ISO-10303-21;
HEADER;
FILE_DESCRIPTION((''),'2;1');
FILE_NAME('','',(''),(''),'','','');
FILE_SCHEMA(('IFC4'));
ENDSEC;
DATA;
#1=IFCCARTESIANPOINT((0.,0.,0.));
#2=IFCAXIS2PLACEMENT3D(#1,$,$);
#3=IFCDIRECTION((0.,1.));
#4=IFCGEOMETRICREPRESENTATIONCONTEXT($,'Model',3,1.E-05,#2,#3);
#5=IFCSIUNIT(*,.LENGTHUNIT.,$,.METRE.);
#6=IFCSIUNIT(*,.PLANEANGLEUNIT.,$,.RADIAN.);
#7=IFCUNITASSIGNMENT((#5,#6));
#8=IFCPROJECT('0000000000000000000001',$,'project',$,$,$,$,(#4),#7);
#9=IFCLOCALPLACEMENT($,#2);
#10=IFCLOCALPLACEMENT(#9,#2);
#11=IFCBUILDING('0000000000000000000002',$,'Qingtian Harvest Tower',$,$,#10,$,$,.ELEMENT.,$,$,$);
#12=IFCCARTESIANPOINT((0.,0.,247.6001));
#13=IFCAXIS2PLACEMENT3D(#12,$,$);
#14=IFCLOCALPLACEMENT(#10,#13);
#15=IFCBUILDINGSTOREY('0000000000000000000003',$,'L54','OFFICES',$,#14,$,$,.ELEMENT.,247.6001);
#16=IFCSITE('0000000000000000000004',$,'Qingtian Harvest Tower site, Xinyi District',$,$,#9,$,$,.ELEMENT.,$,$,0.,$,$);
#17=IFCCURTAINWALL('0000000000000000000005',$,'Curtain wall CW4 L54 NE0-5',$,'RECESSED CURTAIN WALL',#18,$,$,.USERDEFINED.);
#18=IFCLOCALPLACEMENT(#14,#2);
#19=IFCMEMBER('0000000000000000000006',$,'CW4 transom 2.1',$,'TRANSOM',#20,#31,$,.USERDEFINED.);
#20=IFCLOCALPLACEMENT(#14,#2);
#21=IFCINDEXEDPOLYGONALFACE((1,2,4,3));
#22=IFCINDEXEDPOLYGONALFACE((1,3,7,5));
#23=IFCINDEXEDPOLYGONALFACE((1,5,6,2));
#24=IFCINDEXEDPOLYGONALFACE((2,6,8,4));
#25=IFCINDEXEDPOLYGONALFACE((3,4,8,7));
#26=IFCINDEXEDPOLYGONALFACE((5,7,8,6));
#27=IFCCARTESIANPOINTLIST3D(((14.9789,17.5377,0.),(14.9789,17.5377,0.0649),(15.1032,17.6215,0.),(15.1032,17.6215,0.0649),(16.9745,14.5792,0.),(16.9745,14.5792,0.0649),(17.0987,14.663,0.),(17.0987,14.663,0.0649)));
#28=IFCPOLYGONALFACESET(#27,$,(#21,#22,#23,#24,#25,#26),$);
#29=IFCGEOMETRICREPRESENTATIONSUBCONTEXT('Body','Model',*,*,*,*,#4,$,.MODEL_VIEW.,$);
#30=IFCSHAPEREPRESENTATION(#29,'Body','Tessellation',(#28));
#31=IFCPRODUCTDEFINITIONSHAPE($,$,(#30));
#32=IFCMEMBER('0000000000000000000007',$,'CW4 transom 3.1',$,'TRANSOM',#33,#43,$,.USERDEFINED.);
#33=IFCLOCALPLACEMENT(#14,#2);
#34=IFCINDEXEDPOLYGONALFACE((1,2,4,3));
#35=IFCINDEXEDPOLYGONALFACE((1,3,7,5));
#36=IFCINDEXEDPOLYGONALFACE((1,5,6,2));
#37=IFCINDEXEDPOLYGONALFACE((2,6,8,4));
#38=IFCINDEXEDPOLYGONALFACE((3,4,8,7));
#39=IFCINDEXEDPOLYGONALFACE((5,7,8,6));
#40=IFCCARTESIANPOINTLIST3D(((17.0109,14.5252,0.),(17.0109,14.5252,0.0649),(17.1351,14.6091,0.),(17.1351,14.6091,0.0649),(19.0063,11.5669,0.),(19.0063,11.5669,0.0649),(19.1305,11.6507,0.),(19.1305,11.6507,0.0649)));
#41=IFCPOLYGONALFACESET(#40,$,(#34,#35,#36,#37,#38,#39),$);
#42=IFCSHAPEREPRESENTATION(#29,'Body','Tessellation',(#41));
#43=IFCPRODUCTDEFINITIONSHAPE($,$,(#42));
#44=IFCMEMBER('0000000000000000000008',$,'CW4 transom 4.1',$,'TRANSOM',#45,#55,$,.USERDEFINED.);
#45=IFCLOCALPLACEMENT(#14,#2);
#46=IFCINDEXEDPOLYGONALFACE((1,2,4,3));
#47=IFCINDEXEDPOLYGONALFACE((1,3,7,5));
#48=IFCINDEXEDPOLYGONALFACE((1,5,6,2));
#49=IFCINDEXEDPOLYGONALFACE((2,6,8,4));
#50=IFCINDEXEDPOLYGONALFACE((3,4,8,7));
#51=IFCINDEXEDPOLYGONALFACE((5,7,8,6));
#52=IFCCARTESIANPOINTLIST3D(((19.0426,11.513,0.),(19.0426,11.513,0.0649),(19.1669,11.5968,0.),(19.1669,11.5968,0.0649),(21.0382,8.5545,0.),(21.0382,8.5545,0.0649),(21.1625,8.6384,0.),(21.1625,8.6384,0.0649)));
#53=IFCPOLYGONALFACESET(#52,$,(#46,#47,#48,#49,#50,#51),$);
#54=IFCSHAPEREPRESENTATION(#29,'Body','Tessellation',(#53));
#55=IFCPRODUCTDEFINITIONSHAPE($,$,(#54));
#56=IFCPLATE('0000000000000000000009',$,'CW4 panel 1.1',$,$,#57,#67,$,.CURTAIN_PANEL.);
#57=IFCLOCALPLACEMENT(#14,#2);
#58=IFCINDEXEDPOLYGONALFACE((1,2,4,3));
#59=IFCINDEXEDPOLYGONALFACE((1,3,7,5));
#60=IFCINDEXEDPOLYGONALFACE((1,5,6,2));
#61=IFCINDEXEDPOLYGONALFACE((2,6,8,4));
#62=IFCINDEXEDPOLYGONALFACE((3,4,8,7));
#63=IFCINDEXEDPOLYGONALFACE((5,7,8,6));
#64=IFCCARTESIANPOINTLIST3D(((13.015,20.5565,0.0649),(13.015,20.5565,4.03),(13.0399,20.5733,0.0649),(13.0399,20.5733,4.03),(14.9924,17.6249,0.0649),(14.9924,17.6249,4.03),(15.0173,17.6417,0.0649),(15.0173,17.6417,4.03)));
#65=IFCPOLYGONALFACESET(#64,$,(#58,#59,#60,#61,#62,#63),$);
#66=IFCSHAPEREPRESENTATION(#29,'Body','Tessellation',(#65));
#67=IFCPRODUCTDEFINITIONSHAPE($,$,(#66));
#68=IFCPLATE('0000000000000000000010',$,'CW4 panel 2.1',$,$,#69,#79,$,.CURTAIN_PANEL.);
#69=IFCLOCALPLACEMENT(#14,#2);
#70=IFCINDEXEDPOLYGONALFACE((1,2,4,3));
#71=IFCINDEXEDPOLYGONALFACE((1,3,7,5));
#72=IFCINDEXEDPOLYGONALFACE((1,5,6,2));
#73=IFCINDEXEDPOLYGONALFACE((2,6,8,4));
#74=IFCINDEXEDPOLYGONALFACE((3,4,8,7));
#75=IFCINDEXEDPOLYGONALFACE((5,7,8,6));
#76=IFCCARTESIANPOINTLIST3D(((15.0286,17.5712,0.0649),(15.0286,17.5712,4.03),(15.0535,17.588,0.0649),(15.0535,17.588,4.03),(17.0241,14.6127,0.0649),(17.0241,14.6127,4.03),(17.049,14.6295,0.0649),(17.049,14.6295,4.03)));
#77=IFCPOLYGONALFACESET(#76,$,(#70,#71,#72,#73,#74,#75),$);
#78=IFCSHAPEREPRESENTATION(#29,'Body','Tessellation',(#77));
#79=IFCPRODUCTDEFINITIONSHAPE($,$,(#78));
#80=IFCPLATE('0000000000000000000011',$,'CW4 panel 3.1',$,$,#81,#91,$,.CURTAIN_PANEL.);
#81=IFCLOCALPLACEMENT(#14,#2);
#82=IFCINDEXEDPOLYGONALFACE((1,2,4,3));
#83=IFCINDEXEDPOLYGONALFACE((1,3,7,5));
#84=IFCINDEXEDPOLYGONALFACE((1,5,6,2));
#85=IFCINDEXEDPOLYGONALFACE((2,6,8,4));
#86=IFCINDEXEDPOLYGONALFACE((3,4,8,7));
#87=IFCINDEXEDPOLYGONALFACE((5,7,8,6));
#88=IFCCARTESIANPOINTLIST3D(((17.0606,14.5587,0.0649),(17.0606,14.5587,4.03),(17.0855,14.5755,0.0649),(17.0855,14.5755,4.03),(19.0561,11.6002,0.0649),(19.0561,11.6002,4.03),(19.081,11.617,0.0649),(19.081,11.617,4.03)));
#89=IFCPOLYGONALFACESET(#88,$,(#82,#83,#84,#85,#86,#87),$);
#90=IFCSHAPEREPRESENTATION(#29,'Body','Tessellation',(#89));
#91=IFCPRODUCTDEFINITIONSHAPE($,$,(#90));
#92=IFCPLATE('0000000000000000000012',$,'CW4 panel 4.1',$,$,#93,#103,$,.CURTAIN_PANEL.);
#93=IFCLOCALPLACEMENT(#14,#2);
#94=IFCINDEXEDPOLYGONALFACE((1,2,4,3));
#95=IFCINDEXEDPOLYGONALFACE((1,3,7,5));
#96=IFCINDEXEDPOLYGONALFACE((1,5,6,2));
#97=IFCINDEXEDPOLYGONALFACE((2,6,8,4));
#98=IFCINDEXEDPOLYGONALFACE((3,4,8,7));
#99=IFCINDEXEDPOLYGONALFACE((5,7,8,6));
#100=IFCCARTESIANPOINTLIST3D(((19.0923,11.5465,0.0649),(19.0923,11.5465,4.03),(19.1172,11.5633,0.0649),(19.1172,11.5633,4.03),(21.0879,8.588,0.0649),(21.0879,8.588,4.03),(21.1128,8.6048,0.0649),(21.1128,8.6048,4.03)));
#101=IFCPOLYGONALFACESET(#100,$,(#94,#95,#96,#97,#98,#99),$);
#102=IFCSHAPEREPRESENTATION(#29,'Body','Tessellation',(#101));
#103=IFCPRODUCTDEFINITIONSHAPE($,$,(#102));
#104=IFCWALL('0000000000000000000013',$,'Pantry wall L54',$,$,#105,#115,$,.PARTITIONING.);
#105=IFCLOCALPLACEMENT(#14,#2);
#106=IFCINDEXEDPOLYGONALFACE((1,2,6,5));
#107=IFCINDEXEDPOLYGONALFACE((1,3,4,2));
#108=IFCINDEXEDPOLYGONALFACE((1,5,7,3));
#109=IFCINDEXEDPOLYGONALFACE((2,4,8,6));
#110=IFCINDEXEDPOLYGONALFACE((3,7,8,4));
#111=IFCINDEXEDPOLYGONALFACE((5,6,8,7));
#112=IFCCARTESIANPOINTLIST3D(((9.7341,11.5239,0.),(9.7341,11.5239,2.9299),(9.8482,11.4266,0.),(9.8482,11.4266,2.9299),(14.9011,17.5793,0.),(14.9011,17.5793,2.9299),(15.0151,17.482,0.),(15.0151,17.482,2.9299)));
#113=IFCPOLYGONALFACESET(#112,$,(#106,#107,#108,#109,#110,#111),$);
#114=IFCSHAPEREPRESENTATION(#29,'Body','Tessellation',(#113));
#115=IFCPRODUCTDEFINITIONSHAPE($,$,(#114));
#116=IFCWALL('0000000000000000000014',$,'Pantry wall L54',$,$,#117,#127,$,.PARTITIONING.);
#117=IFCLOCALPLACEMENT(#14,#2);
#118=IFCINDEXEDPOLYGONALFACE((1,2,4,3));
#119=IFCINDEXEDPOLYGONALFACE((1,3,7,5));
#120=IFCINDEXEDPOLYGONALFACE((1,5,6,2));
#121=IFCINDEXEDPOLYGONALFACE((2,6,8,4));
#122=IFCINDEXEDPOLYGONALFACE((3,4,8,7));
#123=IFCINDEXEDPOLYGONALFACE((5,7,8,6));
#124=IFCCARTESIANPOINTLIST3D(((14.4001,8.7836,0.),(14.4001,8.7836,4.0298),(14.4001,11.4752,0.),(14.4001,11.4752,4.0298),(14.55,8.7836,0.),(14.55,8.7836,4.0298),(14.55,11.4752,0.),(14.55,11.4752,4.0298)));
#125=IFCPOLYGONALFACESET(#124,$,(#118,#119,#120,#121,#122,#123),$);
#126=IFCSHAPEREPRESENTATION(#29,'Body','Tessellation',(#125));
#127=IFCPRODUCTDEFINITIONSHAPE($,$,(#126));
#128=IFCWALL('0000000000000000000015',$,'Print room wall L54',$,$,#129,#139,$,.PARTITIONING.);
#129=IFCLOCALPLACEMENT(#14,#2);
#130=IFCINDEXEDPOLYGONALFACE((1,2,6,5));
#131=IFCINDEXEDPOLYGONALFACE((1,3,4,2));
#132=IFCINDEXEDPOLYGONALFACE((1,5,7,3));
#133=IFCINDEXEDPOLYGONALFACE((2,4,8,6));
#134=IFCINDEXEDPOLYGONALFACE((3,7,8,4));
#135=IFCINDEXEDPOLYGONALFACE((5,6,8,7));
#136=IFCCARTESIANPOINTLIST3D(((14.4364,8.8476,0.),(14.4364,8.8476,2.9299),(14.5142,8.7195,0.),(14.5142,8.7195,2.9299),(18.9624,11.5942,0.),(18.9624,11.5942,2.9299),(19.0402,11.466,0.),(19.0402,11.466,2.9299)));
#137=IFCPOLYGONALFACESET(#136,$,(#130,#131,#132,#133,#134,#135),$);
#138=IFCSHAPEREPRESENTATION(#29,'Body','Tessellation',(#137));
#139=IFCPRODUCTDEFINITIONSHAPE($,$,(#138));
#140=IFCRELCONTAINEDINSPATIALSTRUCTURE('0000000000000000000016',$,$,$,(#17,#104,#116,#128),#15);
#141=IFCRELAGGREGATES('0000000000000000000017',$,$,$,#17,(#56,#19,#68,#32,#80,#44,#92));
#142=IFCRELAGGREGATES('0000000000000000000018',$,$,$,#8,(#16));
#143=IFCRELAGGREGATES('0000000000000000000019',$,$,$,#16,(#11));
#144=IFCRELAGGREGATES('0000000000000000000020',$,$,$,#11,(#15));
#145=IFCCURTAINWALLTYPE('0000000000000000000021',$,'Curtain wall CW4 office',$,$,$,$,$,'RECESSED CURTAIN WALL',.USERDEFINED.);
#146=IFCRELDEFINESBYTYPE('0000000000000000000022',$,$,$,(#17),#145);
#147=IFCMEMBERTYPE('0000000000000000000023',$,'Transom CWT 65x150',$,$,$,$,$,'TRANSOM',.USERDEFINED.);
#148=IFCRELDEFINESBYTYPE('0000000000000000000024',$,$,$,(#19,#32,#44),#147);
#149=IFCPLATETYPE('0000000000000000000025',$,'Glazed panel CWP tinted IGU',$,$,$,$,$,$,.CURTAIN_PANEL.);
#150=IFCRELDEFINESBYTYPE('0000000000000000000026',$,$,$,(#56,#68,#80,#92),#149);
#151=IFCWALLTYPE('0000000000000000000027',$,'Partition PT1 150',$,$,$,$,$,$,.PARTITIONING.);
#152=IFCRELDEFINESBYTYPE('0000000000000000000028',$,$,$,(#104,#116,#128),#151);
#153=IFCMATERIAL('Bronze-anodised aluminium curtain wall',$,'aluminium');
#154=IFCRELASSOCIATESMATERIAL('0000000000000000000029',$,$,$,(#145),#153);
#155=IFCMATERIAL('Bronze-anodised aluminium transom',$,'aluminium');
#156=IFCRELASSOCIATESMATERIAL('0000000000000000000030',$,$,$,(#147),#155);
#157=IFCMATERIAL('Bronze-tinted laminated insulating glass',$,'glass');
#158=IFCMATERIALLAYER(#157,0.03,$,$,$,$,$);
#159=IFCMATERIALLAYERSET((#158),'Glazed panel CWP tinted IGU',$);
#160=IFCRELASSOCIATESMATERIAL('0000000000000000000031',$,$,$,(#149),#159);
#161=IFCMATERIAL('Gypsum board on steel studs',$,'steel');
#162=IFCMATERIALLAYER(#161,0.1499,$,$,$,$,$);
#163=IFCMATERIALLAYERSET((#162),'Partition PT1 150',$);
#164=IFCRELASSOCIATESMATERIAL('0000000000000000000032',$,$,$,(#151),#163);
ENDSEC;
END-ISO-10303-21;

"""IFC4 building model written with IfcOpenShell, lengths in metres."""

from ifc_helpers import new_model, si_unit, direction, frame, frame_2d, origin, origin_2d, place, context, subcontext, project, spatial, rectangle, extrude, material, layer, layer_set, material_profile, profile_set, type_object, element, aggregate, save


model = new_model("IFC4")

# Units and contexts
model_context = context("Model", 3, precision=1e-05, world=origin(), true_north=direction((0.0, 1.0)))
body_context = subcontext(model_context, "Body", "Model", "MODEL_VIEW")
ifc_project = project(units=[si_unit("LENGTHUNIT", "METRE"), si_unit("PLANEANGLEUNIT", "RADIAN")], contexts=[model_context])

# Site, building, storey
site_placement = place(None, origin())
site = spatial("IfcSite", under=ifc_project, at=site_placement, Name="Qingtian Harvest Tower site, Xinyi District", CompositionType="ELEMENT", RefElevation=0.0)
building_placement = place(site_placement, origin())
building = spatial("IfcBuilding", under=site, at=building_placement, Name="Qingtian Harvest Tower", CompositionType="ELEMENT")
storey_placement = place(building_placement, frame((0.0, 0.0, 247.6001)))
storey = spatial("IfcBuildingStorey", under=building, at=storey_placement, Name="L54", Description="OFFICES", CompositionType="ELEMENT", Elevation=247.6001)

# Curtain wall
ifc_material_1 = material(Name="Bronze-anodised aluminium curtain wall", Category="aluminium")
curtain_wall_type = type_object("IfcCurtainWallType", Name="Curtain wall CW4 office", ElementType="RECESSED CURTAIN WALL", PredefinedType="USERDEFINED", material=ifc_material_1)
curtain_wall_placement = place(storey_placement, origin())
curtain_wall = element("IfcCurtainWall", 1, at=curtain_wall_placement, inside=storey, type_object=curtain_wall_type, Name="Curtain wall CW4 L54 NE0-5", ObjectType="RECESSED CURTAIN WALL", PredefinedType="USERDEFINED")

# Members
ifc_material_2 = material(Name="Bronze-anodised aluminium transom", Category="aluminium")
ifc_material_profile_1 = material_profile(ifc_material_2, rectangle(XDim=0.1499, YDim=0.0649, at=origin_2d()), Name="AL 65x150")
ifc_profile_set_1 = profile_set([ifc_material_profile_1], Name="Bronze-anodised aluminium transom")
member_type_1 = type_object("IfcMemberType", Name="Transom CWT 65x150", ElementType="TRANSOM", PredefinedType="USERDEFINED", material=ifc_profile_set_1)
member_1_placement = place(storey_placement, frame((15.041, 17.5796, 0.0325), z_axis=(0.559207, -0.829028, 0.0), x_axis=(0.829028, 0.559207, 0.0)))
member_1 = element("IfcMember", 2, at=member_1_placement, type_object=member_type_1, Name="CW4 transom 2.1", ObjectType="TRANSOM", PredefinedType="USERDEFINED", context=body_context, shape_type="SweptSolid", body=[
    extrude(rectangle(XDim=0.1499, YDim=0.0649, at=origin_2d()), origin(), (0.0, 0.0, 1.0), 3.5686),
])
member_2_placement = place(storey_placement, frame((17.073, 14.5671, 0.0325), z_axis=(0.559192, -0.829038, 0.0), x_axis=(0.829038, 0.559192, 0.0)))
member_2 = element("IfcMember", 3, at=member_2_placement, type_object=member_type_1, Name="CW4 transom 3.1", ObjectType="TRANSOM", PredefinedType="USERDEFINED", context=body_context, shape_type="SweptSolid", body=[
    extrude(rectangle(XDim=0.1499, YDim=0.0649, at=origin_2d()), origin(), (0.0, 0.0, 1.0), 3.5684),
])
member_3_placement = place(storey_placement, frame((19.1047, 11.5549, 0.0325), z_axis=(0.559207, -0.829028, 0.0), x_axis=(0.829028, 0.559207, 0.0)))
member_3 = element("IfcMember", 4, at=member_3_placement, type_object=member_type_1, Name="CW4 transom 4.1", ObjectType="TRANSOM", PredefinedType="USERDEFINED", context=body_context, shape_type="SweptSolid", body=[
    extrude(rectangle(XDim=0.1499, YDim=0.0649, at=origin_2d()), origin(), (0.0, 0.0, 1.0), 3.5686),
])

# Plates
ifc_material_3 = material(Name="Bronze-tinted laminated insulating glass", Category="glass")
ifc_layer_1 = layer(ifc_material_3, 0.03)
ifc_layer_set_1 = layer_set([ifc_layer_1], Name="Glazed panel CWP tinted IGU")
plate_type = type_object("IfcPlateType", Name="Glazed panel CWP tinted IGU", PredefinedType="CURTAIN_PANEL", material=ifc_layer_set_1)
plate_1_placement = place(storey_placement, frame((14.0161, 19.0991, 0.0649), z_axis=(0.0, 0.0, 1.0), x_axis=(0.559193, -0.829038, 0.0)))
plate_1 = element("IfcPlate", 5, at=plate_1_placement, type_object=plate_type, Name="CW4 panel 1.1", PredefinedType="CURTAIN_PANEL", context=body_context, shape_type="SweptSolid", body=[
    extrude(rectangle(XDim=3.5361, YDim=0.03, at=origin_2d()), origin(), (0.0, 0.0, 1.0), 3.9651),
])
plate_2_placement = place(storey_placement, frame((16.0388, 16.1003, 0.0649), z_axis=(0.0, 0.0, 1.0), x_axis=(0.559193, -0.829038, 0.0)))
plate_2 = element("IfcPlate", 6, at=plate_2_placement, type_object=plate_type, Name="CW4 panel 2.1", PredefinedType="CURTAIN_PANEL", context=body_context, shape_type="SweptSolid", body=[
    extrude(rectangle(XDim=3.5686, YDim=0.03, at=origin_2d()), origin(), (0.0, 0.0, 1.0), 3.9651),
])
plate_3_placement = place(storey_placement, frame((18.0708, 13.0879, 0.0649), z_axis=(0.0, 0.0, 1.0), x_axis=(0.559193, -0.829038, 0.0)))
plate_3 = element("IfcPlate", 7, at=plate_3_placement, type_object=plate_type, Name="CW4 panel 3.1", PredefinedType="CURTAIN_PANEL", context=body_context, shape_type="SweptSolid", body=[
    extrude(rectangle(XDim=3.5686, YDim=0.03, at=origin_2d()), origin(), (0.0, 0.0, 1.0), 3.9651),
])
plate_4_placement = place(storey_placement, frame((20.1025, 10.0757, 0.0649), z_axis=(0.0, 0.0, 1.0), x_axis=(0.559193, -0.829038, 0.0)))
plate_4 = element("IfcPlate", 8, at=plate_4_placement, type_object=plate_type, Name="CW4 panel 4.1", PredefinedType="CURTAIN_PANEL", context=body_context, shape_type="SweptSolid", body=[
    extrude(rectangle(XDim=3.5686, YDim=0.03, at=origin_2d()), origin(), (0.0, 0.0, 1.0), 3.9651),
])
aggregate(curtain_wall, [plate_1, member_1, plate_2, member_2, plate_3, member_3, plate_4])

# Walls
ifc_material_4 = material(Name="Gypsum board on steel studs", Category="steel")
ifc_layer_2 = layer(ifc_material_4, 0.1499)
ifc_layer_set_2 = layer_set([ifc_layer_2], Name="Partition PT1 150")
wall_type = type_object("IfcWallType", Name="Partition PT1 150", PredefinedType="PARTITIONING", material=ifc_layer_set_2)
wall_1_placement = place(storey_placement, frame((14.958, 17.5305, 0.0), z_axis=(0.0, 0.0, 1.0), x_axis=(-0.649098, -0.760705, 0.0)))
element("IfcWall", 9, at=wall_1_placement, inside=storey, type_object=wall_type, Name="Pantry wall L54", PredefinedType="PARTITIONING", context=body_context, shape_type="SweptSolid", body=[
    extrude(rectangle(XDim=7.9602, YDim=0.1499, at=frame_2d((3.98, 0.0))), origin(), (0.0, 0.0, 1.0), 2.9299),
])
wall_2_placement = place(storey_placement, frame((14.4751, 11.4751, 0.0), z_axis=(0.0, 0.0, 1.0), x_axis=(0.0, -1.0, 0.0)))
element("IfcWall", 10, at=wall_2_placement, inside=storey, type_object=wall_type, Name="Pantry wall L54", PredefinedType="PARTITIONING", context=body_context, shape_type="SweptSolid", body=[
    extrude(rectangle(XDim=2.6917, YDim=0.1499, at=frame_2d((1.3457, 0.0))), origin(), (0.0, 0.0, 1.0), 4.0298),
])
wall_3_placement = place(storey_placement, frame((19.0012, 11.53, 0.0), z_axis=(0.0, 0.0, 1.0), x_axis=(-0.854907, -0.518782, 0.0)))
element("IfcWall", 11, at=wall_3_placement, inside=storey, type_object=wall_type, Name="Print room wall L54", PredefinedType="PARTITIONING", context=body_context, shape_type="SweptSolid", body=[
    extrude(rectangle(XDim=5.2942, YDim=0.1499, at=frame_2d((2.647, 0.0))), origin(), (0.0, 0.0, 1.0), 2.9299),
])

save(model, "model.ifc")
